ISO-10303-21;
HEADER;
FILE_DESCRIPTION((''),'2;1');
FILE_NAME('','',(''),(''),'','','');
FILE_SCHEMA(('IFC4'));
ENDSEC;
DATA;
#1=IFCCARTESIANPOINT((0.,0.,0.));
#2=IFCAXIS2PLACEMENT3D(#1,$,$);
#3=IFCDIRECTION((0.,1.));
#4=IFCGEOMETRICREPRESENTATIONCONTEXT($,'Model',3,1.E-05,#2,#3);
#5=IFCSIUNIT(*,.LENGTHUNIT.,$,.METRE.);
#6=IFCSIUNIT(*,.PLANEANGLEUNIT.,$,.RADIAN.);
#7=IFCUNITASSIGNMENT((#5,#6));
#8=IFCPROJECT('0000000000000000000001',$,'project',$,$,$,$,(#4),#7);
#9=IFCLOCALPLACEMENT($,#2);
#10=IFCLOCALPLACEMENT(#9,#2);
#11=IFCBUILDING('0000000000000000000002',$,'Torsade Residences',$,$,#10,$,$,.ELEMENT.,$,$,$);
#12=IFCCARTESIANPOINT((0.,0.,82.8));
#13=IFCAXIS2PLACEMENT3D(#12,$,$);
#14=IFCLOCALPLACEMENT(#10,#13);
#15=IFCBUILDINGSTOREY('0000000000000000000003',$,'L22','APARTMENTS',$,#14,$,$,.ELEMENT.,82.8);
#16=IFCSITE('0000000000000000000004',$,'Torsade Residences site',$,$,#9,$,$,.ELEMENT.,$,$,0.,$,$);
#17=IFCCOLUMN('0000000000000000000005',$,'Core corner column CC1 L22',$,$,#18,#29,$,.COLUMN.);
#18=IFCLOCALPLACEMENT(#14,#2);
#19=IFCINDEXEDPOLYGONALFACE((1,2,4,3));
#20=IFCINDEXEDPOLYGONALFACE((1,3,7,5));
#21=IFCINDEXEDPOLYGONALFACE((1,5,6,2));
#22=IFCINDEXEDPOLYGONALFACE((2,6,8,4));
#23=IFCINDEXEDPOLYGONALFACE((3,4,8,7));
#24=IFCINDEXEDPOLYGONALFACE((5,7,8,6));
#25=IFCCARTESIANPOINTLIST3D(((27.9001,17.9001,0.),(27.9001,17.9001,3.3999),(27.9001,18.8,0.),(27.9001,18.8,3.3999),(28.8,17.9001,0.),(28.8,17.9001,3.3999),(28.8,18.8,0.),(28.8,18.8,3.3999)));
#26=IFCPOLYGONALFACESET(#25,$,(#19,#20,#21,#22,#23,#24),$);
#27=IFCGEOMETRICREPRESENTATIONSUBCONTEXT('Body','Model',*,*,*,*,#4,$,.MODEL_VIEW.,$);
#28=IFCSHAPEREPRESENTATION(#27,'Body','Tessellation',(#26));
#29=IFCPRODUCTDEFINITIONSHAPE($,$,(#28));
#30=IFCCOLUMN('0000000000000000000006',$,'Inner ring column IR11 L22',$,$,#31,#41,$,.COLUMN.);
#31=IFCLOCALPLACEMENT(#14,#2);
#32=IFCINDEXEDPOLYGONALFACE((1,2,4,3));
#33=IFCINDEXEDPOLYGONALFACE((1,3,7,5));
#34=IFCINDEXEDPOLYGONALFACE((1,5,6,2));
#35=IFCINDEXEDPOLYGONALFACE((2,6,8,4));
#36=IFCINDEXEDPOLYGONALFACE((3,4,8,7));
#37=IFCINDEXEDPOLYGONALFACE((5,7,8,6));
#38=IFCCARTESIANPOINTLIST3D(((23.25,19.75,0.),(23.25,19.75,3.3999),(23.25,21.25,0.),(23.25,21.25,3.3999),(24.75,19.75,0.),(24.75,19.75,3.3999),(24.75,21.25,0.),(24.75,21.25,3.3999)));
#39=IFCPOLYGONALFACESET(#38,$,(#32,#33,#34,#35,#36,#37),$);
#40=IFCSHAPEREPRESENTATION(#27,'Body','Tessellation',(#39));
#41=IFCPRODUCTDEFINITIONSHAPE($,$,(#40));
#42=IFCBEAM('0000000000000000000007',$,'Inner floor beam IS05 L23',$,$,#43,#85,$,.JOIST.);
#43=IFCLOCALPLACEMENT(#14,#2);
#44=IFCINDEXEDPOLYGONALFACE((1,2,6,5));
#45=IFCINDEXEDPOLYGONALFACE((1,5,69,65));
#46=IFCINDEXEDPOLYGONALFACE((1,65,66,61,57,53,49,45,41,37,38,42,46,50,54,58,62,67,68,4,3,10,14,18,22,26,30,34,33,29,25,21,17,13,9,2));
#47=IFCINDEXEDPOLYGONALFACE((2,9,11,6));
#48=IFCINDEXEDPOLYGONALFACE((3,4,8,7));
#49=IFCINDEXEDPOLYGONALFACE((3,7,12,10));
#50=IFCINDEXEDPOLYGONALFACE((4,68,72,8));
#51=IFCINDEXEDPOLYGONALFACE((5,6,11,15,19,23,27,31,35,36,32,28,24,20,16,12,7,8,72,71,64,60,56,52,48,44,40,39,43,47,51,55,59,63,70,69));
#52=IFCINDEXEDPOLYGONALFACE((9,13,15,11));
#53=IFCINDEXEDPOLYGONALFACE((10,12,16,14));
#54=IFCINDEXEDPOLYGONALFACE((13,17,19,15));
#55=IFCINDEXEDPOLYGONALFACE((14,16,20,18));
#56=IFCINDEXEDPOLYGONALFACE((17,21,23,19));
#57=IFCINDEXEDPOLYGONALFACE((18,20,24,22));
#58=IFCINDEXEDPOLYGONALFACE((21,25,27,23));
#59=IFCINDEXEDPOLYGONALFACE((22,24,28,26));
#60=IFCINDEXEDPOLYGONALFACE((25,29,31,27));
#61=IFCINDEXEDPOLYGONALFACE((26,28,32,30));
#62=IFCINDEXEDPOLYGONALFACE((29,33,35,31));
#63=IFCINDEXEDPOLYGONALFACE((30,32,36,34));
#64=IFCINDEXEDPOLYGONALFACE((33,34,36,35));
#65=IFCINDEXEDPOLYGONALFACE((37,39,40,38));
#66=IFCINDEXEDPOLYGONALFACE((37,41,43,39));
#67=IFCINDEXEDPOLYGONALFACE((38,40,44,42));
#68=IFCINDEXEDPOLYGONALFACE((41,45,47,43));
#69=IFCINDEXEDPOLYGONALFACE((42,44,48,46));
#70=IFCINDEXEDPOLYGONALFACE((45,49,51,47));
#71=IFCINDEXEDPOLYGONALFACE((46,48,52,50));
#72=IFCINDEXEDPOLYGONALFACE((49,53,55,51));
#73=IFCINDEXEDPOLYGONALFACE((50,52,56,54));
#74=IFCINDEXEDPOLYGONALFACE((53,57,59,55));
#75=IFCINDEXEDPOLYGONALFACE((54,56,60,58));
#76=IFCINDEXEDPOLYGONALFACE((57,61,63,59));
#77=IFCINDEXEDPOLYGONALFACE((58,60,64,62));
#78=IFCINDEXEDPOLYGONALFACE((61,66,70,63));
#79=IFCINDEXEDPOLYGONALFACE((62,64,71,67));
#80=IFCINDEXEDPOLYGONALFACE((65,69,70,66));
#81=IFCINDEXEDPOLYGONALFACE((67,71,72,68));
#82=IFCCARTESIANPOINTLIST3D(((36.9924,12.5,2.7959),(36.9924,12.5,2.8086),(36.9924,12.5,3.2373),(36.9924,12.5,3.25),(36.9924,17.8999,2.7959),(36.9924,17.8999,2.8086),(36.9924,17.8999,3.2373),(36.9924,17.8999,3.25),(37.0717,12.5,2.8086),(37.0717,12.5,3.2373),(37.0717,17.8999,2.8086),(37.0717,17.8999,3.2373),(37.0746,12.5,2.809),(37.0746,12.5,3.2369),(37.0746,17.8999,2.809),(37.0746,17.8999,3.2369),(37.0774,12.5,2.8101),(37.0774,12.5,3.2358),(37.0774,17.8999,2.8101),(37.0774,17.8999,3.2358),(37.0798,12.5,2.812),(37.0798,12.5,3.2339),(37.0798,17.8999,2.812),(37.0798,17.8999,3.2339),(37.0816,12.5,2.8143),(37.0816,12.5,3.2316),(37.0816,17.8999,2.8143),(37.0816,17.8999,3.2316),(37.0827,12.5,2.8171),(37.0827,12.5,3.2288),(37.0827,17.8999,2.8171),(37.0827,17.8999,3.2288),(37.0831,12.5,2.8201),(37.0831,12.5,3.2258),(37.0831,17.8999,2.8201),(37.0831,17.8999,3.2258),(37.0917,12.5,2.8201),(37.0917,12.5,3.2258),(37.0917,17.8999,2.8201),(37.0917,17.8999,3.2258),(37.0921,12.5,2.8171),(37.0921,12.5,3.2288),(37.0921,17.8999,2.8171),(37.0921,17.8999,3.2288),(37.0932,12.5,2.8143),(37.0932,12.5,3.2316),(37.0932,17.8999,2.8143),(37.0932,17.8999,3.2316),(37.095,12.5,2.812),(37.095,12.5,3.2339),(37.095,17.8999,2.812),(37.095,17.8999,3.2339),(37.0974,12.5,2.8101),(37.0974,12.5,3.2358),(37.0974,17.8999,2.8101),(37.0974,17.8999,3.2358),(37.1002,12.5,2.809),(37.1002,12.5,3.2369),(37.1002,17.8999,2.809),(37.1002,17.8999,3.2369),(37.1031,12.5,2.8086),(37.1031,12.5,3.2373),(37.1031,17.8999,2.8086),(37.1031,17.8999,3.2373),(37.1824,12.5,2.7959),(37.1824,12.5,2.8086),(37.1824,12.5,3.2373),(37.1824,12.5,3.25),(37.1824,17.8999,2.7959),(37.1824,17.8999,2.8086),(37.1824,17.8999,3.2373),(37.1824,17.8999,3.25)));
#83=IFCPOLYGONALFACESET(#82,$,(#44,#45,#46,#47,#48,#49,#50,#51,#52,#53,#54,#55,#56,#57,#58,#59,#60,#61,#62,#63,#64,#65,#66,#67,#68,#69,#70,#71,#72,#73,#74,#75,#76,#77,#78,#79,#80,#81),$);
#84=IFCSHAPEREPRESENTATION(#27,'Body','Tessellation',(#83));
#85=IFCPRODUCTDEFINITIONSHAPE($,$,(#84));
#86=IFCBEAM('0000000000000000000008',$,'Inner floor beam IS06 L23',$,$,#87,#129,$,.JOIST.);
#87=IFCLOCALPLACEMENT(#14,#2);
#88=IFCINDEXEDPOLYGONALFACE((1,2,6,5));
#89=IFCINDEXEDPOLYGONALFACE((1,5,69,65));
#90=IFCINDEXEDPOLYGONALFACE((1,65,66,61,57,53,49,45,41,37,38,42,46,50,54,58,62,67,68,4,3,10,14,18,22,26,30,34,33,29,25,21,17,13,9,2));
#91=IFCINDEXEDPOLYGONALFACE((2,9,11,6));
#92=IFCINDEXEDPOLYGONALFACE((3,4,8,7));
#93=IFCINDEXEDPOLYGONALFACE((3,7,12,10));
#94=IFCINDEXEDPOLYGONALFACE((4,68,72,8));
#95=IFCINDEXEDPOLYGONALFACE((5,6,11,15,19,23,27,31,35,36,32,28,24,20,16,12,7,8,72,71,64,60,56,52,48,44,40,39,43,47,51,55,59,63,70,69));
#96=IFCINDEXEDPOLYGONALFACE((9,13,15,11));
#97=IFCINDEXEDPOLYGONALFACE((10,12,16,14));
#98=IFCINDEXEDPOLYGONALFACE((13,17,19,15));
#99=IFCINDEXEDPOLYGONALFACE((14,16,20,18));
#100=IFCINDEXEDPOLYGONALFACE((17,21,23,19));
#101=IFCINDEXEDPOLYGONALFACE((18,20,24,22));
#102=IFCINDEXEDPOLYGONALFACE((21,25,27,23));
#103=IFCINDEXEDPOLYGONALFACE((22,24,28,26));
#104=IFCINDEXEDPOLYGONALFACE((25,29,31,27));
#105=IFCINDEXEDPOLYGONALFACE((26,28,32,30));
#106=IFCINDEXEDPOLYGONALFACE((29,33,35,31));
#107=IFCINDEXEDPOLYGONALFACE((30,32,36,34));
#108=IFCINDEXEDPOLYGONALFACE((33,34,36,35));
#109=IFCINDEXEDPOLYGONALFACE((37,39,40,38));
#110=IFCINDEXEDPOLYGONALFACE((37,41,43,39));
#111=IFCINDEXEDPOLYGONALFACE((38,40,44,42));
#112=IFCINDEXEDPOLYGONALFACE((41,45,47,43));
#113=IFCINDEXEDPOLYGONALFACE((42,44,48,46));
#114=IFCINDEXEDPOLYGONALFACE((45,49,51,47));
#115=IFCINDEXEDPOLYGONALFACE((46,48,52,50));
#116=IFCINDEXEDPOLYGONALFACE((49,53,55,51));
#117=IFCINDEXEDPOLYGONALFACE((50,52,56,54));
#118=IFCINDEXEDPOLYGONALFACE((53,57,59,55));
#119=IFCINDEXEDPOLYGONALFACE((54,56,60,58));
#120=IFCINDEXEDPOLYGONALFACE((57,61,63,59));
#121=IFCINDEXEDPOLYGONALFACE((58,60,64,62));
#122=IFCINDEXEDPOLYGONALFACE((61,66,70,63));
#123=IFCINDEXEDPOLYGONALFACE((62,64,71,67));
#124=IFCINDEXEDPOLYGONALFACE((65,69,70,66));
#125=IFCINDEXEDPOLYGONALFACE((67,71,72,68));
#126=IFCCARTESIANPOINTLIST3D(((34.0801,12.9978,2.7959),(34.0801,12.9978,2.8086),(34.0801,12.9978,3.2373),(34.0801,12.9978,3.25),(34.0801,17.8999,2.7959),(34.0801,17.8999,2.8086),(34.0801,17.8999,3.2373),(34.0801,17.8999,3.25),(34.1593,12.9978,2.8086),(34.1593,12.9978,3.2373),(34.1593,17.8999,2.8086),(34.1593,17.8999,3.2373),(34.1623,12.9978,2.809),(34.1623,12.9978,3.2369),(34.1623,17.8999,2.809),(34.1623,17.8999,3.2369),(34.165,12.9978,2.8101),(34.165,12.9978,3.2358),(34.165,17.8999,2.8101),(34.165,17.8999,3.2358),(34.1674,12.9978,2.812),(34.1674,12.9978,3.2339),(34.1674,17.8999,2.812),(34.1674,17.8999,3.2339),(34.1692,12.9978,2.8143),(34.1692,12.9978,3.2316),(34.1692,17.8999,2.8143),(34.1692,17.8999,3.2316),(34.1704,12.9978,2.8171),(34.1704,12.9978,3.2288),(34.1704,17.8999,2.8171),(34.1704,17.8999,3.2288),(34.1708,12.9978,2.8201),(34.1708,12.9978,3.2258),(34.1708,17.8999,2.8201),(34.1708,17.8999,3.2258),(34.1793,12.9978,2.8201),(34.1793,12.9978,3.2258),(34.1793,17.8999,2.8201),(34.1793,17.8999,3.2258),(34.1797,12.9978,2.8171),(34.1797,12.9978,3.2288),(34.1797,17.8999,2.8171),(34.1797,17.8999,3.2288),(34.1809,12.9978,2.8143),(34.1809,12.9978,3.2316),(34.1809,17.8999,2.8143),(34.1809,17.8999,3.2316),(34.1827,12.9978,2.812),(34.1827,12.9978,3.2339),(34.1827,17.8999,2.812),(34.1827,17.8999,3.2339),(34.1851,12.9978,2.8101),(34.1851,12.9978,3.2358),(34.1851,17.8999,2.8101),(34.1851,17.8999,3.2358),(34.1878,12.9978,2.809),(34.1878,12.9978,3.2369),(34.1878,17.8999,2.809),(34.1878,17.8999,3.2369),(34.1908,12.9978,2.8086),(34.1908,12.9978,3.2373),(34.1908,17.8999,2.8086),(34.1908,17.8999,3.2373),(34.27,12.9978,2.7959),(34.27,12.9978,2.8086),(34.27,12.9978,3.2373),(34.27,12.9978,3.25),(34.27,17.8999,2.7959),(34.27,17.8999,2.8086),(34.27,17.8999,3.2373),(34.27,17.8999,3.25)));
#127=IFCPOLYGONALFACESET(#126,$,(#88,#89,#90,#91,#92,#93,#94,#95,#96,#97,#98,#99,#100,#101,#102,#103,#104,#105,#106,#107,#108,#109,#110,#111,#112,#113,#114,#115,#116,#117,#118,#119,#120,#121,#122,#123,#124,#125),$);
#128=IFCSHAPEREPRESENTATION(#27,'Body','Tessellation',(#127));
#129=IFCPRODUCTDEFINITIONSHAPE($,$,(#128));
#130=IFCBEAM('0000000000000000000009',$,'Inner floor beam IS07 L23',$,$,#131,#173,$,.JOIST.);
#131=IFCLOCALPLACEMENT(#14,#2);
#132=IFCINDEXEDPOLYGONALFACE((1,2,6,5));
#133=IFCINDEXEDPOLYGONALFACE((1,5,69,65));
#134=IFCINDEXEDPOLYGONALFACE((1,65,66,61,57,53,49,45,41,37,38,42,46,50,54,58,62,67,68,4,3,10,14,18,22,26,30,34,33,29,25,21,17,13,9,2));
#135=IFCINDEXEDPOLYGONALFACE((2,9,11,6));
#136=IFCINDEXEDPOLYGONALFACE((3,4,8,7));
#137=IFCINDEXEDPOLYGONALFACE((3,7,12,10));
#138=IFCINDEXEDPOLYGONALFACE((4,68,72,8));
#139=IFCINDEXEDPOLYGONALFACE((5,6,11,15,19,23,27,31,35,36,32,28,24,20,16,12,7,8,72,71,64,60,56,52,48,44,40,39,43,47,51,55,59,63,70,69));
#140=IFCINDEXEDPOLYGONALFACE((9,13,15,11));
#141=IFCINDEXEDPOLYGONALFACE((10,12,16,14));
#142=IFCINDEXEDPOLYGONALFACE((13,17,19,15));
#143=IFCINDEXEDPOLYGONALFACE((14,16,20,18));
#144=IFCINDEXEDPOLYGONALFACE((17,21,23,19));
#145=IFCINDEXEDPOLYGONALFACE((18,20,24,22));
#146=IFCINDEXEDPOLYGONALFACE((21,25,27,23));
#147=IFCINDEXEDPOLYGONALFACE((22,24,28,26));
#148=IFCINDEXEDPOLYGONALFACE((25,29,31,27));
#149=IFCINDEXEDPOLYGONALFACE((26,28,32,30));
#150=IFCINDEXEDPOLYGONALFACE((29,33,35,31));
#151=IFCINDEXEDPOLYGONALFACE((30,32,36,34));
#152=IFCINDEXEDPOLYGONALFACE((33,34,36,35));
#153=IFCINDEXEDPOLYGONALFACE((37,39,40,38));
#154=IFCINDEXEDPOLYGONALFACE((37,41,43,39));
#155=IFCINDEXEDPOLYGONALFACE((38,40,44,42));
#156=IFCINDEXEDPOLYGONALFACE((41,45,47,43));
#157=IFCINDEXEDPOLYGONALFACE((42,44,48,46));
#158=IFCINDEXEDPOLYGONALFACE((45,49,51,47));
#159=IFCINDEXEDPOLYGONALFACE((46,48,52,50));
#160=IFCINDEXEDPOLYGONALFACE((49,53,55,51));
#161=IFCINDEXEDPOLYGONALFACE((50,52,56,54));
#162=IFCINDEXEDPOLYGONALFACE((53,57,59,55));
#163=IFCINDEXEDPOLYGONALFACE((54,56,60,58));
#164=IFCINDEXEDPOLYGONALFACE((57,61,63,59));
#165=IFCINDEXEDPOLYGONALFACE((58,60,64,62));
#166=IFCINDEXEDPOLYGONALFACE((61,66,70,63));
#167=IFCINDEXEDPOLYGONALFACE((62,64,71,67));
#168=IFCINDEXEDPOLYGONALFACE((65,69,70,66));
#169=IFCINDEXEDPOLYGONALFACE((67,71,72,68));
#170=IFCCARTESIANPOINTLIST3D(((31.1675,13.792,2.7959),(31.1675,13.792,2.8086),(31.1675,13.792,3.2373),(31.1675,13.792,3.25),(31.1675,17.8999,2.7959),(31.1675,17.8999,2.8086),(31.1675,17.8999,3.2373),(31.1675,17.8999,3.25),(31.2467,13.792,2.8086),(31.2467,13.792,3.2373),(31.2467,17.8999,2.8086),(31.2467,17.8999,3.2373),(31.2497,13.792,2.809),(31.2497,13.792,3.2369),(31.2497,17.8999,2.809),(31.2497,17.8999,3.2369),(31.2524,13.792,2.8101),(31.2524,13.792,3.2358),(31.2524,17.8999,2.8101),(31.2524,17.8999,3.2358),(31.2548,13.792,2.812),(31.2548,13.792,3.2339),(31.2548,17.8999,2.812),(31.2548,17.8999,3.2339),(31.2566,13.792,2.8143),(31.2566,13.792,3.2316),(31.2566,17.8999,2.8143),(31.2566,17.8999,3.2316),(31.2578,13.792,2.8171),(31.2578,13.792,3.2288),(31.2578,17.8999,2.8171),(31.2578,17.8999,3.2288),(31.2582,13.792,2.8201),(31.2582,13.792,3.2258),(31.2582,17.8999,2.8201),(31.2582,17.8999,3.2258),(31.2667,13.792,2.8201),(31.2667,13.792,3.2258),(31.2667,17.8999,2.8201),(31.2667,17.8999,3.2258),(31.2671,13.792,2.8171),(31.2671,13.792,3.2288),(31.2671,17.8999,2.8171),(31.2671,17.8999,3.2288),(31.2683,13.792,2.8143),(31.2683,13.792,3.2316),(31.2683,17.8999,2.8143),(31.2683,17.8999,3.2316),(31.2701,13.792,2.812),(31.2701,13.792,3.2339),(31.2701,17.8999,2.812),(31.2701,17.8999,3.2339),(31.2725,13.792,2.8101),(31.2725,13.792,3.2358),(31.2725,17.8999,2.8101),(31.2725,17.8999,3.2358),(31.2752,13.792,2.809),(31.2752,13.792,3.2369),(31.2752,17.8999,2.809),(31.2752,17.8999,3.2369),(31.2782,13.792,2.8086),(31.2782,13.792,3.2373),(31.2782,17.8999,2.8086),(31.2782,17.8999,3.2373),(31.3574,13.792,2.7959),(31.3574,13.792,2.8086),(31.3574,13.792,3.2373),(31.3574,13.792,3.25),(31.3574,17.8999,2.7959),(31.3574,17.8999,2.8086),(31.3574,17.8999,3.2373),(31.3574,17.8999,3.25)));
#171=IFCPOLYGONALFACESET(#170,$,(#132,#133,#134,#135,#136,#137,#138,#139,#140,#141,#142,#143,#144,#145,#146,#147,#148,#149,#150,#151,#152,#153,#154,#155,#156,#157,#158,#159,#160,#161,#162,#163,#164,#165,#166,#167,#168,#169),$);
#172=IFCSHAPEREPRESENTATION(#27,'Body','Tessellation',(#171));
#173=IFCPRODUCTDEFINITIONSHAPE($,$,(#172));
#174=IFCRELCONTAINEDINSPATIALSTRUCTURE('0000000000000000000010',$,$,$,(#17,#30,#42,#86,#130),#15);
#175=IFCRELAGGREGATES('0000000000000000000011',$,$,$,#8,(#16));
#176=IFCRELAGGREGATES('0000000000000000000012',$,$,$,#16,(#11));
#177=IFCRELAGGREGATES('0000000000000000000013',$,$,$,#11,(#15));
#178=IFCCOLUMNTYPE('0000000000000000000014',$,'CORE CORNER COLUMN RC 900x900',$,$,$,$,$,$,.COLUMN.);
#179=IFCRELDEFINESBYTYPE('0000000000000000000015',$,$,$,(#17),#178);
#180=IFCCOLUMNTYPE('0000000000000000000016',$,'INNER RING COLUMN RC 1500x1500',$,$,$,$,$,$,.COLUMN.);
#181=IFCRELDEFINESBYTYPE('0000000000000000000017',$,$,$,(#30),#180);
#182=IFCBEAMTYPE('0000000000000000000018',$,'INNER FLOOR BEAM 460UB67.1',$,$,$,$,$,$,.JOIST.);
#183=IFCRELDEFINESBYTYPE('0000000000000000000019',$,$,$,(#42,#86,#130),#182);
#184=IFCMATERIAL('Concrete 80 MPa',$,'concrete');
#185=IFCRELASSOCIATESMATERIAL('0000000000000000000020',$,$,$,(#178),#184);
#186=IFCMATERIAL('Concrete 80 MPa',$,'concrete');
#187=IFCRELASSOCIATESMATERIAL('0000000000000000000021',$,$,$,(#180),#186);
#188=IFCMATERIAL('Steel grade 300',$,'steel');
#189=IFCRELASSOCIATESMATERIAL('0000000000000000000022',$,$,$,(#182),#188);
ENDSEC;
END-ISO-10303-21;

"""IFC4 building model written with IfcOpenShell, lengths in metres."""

from ifc_helpers import new_model, si_unit, direction, frame, origin, origin_2d, place, context, subcontext, project, spatial, rectangle, i_section, extrude, material, material_profile, profile_set, type_object, element, save


model = new_model("IFC4")

# Units and contexts
model_context = context("Model", 3, precision=1e-05, world=origin(), true_north=direction((0.0, 1.0)))
body_context = subcontext(model_context, "Body", "Model", "MODEL_VIEW")
ifc_project = project(units=[si_unit("LENGTHUNIT", "METRE"), si_unit("PLANEANGLEUNIT", "RADIAN")], contexts=[model_context])

# Site, building, storey
site_placement = place(None, origin())
site = spatial("IfcSite", under=ifc_project, at=site_placement, Name="Torsade Residences site", CompositionType="ELEMENT", RefElevation=0.0)
building_placement = place(site_placement, origin())
building = spatial("IfcBuilding", under=site, at=building_placement, Name="Torsade Residences", CompositionType="ELEMENT")
storey_placement = place(building_placement, frame((0.0, 0.0, 82.8)))
storey = spatial("IfcBuildingStorey", under=building, at=storey_placement, Name="L22", Description="APARTMENTS", CompositionType="ELEMENT", Elevation=82.8)

# Columns
ifc_material_1 = material(Name="Concrete 80 MPa", Category="concrete")
ifc_material_profile_1 = material_profile(ifc_material_1, rectangle(XDim=0.8999, YDim=0.8999, at=origin_2d()), Name="RC 900x900")
ifc_profile_set_1 = profile_set([ifc_material_profile_1], Name="Concrete 80 MPa")
column_type_1 = type_object("IfcColumnType", Name="CORE CORNER COLUMN RC 900x900", PredefinedType="COLUMN", material=ifc_profile_set_1)
column_1_placement = place(storey_placement, frame((28.3501, 18.3501, 0.0), z_axis=(0.0, 0.0, 1.0), x_axis=(1.0, 0.0, 0.0)))
element("IfcColumn", 1, at=column_1_placement, inside=storey, type_object=column_type_1, Name="Core corner column CC1 L22", PredefinedType="COLUMN", context=body_context, shape_type="SweptSolid", body=[
    extrude(rectangle(XDim=0.8999, YDim=0.8999, at=origin_2d()), origin(), (0.0, 0.0, 1.0), 3.3999),
])
ifc_material_2 = material(Name="Concrete 80 MPa", Category="concrete")
ifc_material_profile_2 = material_profile(ifc_material_2, rectangle(XDim=1.5, YDim=1.5, at=origin_2d()), Name="RC 1500x1500")
ifc_profile_set_2 = profile_set([ifc_material_profile_2], Name="Concrete 80 MPa")
column_type_2 = type_object("IfcColumnType", Name="INNER RING COLUMN RC 1500x1500", PredefinedType="COLUMN", material=ifc_profile_set_2)
column_2_placement = place(storey_placement, frame((24.0, 20.5, 0.0), z_axis=(0.0, 0.0, 1.0), x_axis=(1.0, 0.0, 0.0)))
element("IfcColumn", 2, at=column_2_placement, inside=storey, type_object=column_type_2, Name="Inner ring column IR11 L22", PredefinedType="COLUMN", context=body_context, shape_type="SweptSolid", body=[
    extrude(rectangle(XDim=1.5, YDim=1.5, at=origin_2d()), origin(), (0.0, 0.0, 1.0), 3.3999),
])

# Beams
ifc_material_3 = material(Name="Steel grade 300", Category="steel")
ifc_material_profile_3 = material_profile(ifc_material_3, i_section(OverallWidth=0.1899, OverallDepth=0.4541, WebThickness=0.0085, FlangeThickness=0.0127, FilletRadius=0.0115, at=origin_2d()), Name="460UB67.1")
ifc_profile_set_3 = profile_set([ifc_material_profile_3], Name="Steel grade 300")
beam_type_1 = type_object("IfcBeamType", Name="INNER FLOOR BEAM 460UB67.1", PredefinedType="JOIST", material=ifc_profile_set_3)
beam_1_placement = place(storey_placement, frame((37.0874, 17.8999, 3.0229), z_axis=(0.0, -1.0, 0.0), x_axis=(1.0, 0.0, 0.0)))
element("IfcBeam", 3, at=beam_1_placement, inside=storey, type_object=beam_type_1, Name="Inner floor beam IS05 L23", PredefinedType="JOIST", context=body_context, shape_type="SweptSolid", body=[
    extrude(i_section(OverallWidth=0.1899, OverallDepth=0.4541, WebThickness=0.0085, FlangeThickness=0.0127, FilletRadius=0.0115, at=origin_2d()), origin(), (0.0, 0.0, 1.0), 5.3999),
])
beam_2_placement = place(storey_placement, frame((34.175, 17.8999, 3.0229), z_axis=(0.0, -1.0, 0.0), x_axis=(1.0, 0.0, 0.0)))
element("IfcBeam", 4, at=beam_2_placement, inside=storey, type_object=beam_type_1, Name="Inner floor beam IS06 L23", PredefinedType="JOIST", context=body_context, shape_type="SweptSolid", body=[
    extrude(i_section(OverallWidth=0.1899, OverallDepth=0.4541, WebThickness=0.0085, FlangeThickness=0.0127, FilletRadius=0.0115, at=origin_2d()), origin(), (0.0, 0.0, 1.0), 4.9021),
])
beam_3_placement = place(storey_placement, frame((31.2625, 17.8999, 3.0229), z_axis=(0.0, -1.0, 0.0), x_axis=(1.0, 0.0, 0.0)))
element("IfcBeam", 5, at=beam_3_placement, inside=storey, type_object=beam_type_1, Name="Inner floor beam IS07 L23", PredefinedType="JOIST", context=body_context, shape_type="SweptSolid", body=[
    extrude(i_section(OverallWidth=0.1899, OverallDepth=0.4541, WebThickness=0.0085, FlangeThickness=0.0127, FilletRadius=0.0115, at=origin_2d()), origin(), (0.0, 0.0, 1.0), 4.1079),
])

save(model, "model.ifc")
